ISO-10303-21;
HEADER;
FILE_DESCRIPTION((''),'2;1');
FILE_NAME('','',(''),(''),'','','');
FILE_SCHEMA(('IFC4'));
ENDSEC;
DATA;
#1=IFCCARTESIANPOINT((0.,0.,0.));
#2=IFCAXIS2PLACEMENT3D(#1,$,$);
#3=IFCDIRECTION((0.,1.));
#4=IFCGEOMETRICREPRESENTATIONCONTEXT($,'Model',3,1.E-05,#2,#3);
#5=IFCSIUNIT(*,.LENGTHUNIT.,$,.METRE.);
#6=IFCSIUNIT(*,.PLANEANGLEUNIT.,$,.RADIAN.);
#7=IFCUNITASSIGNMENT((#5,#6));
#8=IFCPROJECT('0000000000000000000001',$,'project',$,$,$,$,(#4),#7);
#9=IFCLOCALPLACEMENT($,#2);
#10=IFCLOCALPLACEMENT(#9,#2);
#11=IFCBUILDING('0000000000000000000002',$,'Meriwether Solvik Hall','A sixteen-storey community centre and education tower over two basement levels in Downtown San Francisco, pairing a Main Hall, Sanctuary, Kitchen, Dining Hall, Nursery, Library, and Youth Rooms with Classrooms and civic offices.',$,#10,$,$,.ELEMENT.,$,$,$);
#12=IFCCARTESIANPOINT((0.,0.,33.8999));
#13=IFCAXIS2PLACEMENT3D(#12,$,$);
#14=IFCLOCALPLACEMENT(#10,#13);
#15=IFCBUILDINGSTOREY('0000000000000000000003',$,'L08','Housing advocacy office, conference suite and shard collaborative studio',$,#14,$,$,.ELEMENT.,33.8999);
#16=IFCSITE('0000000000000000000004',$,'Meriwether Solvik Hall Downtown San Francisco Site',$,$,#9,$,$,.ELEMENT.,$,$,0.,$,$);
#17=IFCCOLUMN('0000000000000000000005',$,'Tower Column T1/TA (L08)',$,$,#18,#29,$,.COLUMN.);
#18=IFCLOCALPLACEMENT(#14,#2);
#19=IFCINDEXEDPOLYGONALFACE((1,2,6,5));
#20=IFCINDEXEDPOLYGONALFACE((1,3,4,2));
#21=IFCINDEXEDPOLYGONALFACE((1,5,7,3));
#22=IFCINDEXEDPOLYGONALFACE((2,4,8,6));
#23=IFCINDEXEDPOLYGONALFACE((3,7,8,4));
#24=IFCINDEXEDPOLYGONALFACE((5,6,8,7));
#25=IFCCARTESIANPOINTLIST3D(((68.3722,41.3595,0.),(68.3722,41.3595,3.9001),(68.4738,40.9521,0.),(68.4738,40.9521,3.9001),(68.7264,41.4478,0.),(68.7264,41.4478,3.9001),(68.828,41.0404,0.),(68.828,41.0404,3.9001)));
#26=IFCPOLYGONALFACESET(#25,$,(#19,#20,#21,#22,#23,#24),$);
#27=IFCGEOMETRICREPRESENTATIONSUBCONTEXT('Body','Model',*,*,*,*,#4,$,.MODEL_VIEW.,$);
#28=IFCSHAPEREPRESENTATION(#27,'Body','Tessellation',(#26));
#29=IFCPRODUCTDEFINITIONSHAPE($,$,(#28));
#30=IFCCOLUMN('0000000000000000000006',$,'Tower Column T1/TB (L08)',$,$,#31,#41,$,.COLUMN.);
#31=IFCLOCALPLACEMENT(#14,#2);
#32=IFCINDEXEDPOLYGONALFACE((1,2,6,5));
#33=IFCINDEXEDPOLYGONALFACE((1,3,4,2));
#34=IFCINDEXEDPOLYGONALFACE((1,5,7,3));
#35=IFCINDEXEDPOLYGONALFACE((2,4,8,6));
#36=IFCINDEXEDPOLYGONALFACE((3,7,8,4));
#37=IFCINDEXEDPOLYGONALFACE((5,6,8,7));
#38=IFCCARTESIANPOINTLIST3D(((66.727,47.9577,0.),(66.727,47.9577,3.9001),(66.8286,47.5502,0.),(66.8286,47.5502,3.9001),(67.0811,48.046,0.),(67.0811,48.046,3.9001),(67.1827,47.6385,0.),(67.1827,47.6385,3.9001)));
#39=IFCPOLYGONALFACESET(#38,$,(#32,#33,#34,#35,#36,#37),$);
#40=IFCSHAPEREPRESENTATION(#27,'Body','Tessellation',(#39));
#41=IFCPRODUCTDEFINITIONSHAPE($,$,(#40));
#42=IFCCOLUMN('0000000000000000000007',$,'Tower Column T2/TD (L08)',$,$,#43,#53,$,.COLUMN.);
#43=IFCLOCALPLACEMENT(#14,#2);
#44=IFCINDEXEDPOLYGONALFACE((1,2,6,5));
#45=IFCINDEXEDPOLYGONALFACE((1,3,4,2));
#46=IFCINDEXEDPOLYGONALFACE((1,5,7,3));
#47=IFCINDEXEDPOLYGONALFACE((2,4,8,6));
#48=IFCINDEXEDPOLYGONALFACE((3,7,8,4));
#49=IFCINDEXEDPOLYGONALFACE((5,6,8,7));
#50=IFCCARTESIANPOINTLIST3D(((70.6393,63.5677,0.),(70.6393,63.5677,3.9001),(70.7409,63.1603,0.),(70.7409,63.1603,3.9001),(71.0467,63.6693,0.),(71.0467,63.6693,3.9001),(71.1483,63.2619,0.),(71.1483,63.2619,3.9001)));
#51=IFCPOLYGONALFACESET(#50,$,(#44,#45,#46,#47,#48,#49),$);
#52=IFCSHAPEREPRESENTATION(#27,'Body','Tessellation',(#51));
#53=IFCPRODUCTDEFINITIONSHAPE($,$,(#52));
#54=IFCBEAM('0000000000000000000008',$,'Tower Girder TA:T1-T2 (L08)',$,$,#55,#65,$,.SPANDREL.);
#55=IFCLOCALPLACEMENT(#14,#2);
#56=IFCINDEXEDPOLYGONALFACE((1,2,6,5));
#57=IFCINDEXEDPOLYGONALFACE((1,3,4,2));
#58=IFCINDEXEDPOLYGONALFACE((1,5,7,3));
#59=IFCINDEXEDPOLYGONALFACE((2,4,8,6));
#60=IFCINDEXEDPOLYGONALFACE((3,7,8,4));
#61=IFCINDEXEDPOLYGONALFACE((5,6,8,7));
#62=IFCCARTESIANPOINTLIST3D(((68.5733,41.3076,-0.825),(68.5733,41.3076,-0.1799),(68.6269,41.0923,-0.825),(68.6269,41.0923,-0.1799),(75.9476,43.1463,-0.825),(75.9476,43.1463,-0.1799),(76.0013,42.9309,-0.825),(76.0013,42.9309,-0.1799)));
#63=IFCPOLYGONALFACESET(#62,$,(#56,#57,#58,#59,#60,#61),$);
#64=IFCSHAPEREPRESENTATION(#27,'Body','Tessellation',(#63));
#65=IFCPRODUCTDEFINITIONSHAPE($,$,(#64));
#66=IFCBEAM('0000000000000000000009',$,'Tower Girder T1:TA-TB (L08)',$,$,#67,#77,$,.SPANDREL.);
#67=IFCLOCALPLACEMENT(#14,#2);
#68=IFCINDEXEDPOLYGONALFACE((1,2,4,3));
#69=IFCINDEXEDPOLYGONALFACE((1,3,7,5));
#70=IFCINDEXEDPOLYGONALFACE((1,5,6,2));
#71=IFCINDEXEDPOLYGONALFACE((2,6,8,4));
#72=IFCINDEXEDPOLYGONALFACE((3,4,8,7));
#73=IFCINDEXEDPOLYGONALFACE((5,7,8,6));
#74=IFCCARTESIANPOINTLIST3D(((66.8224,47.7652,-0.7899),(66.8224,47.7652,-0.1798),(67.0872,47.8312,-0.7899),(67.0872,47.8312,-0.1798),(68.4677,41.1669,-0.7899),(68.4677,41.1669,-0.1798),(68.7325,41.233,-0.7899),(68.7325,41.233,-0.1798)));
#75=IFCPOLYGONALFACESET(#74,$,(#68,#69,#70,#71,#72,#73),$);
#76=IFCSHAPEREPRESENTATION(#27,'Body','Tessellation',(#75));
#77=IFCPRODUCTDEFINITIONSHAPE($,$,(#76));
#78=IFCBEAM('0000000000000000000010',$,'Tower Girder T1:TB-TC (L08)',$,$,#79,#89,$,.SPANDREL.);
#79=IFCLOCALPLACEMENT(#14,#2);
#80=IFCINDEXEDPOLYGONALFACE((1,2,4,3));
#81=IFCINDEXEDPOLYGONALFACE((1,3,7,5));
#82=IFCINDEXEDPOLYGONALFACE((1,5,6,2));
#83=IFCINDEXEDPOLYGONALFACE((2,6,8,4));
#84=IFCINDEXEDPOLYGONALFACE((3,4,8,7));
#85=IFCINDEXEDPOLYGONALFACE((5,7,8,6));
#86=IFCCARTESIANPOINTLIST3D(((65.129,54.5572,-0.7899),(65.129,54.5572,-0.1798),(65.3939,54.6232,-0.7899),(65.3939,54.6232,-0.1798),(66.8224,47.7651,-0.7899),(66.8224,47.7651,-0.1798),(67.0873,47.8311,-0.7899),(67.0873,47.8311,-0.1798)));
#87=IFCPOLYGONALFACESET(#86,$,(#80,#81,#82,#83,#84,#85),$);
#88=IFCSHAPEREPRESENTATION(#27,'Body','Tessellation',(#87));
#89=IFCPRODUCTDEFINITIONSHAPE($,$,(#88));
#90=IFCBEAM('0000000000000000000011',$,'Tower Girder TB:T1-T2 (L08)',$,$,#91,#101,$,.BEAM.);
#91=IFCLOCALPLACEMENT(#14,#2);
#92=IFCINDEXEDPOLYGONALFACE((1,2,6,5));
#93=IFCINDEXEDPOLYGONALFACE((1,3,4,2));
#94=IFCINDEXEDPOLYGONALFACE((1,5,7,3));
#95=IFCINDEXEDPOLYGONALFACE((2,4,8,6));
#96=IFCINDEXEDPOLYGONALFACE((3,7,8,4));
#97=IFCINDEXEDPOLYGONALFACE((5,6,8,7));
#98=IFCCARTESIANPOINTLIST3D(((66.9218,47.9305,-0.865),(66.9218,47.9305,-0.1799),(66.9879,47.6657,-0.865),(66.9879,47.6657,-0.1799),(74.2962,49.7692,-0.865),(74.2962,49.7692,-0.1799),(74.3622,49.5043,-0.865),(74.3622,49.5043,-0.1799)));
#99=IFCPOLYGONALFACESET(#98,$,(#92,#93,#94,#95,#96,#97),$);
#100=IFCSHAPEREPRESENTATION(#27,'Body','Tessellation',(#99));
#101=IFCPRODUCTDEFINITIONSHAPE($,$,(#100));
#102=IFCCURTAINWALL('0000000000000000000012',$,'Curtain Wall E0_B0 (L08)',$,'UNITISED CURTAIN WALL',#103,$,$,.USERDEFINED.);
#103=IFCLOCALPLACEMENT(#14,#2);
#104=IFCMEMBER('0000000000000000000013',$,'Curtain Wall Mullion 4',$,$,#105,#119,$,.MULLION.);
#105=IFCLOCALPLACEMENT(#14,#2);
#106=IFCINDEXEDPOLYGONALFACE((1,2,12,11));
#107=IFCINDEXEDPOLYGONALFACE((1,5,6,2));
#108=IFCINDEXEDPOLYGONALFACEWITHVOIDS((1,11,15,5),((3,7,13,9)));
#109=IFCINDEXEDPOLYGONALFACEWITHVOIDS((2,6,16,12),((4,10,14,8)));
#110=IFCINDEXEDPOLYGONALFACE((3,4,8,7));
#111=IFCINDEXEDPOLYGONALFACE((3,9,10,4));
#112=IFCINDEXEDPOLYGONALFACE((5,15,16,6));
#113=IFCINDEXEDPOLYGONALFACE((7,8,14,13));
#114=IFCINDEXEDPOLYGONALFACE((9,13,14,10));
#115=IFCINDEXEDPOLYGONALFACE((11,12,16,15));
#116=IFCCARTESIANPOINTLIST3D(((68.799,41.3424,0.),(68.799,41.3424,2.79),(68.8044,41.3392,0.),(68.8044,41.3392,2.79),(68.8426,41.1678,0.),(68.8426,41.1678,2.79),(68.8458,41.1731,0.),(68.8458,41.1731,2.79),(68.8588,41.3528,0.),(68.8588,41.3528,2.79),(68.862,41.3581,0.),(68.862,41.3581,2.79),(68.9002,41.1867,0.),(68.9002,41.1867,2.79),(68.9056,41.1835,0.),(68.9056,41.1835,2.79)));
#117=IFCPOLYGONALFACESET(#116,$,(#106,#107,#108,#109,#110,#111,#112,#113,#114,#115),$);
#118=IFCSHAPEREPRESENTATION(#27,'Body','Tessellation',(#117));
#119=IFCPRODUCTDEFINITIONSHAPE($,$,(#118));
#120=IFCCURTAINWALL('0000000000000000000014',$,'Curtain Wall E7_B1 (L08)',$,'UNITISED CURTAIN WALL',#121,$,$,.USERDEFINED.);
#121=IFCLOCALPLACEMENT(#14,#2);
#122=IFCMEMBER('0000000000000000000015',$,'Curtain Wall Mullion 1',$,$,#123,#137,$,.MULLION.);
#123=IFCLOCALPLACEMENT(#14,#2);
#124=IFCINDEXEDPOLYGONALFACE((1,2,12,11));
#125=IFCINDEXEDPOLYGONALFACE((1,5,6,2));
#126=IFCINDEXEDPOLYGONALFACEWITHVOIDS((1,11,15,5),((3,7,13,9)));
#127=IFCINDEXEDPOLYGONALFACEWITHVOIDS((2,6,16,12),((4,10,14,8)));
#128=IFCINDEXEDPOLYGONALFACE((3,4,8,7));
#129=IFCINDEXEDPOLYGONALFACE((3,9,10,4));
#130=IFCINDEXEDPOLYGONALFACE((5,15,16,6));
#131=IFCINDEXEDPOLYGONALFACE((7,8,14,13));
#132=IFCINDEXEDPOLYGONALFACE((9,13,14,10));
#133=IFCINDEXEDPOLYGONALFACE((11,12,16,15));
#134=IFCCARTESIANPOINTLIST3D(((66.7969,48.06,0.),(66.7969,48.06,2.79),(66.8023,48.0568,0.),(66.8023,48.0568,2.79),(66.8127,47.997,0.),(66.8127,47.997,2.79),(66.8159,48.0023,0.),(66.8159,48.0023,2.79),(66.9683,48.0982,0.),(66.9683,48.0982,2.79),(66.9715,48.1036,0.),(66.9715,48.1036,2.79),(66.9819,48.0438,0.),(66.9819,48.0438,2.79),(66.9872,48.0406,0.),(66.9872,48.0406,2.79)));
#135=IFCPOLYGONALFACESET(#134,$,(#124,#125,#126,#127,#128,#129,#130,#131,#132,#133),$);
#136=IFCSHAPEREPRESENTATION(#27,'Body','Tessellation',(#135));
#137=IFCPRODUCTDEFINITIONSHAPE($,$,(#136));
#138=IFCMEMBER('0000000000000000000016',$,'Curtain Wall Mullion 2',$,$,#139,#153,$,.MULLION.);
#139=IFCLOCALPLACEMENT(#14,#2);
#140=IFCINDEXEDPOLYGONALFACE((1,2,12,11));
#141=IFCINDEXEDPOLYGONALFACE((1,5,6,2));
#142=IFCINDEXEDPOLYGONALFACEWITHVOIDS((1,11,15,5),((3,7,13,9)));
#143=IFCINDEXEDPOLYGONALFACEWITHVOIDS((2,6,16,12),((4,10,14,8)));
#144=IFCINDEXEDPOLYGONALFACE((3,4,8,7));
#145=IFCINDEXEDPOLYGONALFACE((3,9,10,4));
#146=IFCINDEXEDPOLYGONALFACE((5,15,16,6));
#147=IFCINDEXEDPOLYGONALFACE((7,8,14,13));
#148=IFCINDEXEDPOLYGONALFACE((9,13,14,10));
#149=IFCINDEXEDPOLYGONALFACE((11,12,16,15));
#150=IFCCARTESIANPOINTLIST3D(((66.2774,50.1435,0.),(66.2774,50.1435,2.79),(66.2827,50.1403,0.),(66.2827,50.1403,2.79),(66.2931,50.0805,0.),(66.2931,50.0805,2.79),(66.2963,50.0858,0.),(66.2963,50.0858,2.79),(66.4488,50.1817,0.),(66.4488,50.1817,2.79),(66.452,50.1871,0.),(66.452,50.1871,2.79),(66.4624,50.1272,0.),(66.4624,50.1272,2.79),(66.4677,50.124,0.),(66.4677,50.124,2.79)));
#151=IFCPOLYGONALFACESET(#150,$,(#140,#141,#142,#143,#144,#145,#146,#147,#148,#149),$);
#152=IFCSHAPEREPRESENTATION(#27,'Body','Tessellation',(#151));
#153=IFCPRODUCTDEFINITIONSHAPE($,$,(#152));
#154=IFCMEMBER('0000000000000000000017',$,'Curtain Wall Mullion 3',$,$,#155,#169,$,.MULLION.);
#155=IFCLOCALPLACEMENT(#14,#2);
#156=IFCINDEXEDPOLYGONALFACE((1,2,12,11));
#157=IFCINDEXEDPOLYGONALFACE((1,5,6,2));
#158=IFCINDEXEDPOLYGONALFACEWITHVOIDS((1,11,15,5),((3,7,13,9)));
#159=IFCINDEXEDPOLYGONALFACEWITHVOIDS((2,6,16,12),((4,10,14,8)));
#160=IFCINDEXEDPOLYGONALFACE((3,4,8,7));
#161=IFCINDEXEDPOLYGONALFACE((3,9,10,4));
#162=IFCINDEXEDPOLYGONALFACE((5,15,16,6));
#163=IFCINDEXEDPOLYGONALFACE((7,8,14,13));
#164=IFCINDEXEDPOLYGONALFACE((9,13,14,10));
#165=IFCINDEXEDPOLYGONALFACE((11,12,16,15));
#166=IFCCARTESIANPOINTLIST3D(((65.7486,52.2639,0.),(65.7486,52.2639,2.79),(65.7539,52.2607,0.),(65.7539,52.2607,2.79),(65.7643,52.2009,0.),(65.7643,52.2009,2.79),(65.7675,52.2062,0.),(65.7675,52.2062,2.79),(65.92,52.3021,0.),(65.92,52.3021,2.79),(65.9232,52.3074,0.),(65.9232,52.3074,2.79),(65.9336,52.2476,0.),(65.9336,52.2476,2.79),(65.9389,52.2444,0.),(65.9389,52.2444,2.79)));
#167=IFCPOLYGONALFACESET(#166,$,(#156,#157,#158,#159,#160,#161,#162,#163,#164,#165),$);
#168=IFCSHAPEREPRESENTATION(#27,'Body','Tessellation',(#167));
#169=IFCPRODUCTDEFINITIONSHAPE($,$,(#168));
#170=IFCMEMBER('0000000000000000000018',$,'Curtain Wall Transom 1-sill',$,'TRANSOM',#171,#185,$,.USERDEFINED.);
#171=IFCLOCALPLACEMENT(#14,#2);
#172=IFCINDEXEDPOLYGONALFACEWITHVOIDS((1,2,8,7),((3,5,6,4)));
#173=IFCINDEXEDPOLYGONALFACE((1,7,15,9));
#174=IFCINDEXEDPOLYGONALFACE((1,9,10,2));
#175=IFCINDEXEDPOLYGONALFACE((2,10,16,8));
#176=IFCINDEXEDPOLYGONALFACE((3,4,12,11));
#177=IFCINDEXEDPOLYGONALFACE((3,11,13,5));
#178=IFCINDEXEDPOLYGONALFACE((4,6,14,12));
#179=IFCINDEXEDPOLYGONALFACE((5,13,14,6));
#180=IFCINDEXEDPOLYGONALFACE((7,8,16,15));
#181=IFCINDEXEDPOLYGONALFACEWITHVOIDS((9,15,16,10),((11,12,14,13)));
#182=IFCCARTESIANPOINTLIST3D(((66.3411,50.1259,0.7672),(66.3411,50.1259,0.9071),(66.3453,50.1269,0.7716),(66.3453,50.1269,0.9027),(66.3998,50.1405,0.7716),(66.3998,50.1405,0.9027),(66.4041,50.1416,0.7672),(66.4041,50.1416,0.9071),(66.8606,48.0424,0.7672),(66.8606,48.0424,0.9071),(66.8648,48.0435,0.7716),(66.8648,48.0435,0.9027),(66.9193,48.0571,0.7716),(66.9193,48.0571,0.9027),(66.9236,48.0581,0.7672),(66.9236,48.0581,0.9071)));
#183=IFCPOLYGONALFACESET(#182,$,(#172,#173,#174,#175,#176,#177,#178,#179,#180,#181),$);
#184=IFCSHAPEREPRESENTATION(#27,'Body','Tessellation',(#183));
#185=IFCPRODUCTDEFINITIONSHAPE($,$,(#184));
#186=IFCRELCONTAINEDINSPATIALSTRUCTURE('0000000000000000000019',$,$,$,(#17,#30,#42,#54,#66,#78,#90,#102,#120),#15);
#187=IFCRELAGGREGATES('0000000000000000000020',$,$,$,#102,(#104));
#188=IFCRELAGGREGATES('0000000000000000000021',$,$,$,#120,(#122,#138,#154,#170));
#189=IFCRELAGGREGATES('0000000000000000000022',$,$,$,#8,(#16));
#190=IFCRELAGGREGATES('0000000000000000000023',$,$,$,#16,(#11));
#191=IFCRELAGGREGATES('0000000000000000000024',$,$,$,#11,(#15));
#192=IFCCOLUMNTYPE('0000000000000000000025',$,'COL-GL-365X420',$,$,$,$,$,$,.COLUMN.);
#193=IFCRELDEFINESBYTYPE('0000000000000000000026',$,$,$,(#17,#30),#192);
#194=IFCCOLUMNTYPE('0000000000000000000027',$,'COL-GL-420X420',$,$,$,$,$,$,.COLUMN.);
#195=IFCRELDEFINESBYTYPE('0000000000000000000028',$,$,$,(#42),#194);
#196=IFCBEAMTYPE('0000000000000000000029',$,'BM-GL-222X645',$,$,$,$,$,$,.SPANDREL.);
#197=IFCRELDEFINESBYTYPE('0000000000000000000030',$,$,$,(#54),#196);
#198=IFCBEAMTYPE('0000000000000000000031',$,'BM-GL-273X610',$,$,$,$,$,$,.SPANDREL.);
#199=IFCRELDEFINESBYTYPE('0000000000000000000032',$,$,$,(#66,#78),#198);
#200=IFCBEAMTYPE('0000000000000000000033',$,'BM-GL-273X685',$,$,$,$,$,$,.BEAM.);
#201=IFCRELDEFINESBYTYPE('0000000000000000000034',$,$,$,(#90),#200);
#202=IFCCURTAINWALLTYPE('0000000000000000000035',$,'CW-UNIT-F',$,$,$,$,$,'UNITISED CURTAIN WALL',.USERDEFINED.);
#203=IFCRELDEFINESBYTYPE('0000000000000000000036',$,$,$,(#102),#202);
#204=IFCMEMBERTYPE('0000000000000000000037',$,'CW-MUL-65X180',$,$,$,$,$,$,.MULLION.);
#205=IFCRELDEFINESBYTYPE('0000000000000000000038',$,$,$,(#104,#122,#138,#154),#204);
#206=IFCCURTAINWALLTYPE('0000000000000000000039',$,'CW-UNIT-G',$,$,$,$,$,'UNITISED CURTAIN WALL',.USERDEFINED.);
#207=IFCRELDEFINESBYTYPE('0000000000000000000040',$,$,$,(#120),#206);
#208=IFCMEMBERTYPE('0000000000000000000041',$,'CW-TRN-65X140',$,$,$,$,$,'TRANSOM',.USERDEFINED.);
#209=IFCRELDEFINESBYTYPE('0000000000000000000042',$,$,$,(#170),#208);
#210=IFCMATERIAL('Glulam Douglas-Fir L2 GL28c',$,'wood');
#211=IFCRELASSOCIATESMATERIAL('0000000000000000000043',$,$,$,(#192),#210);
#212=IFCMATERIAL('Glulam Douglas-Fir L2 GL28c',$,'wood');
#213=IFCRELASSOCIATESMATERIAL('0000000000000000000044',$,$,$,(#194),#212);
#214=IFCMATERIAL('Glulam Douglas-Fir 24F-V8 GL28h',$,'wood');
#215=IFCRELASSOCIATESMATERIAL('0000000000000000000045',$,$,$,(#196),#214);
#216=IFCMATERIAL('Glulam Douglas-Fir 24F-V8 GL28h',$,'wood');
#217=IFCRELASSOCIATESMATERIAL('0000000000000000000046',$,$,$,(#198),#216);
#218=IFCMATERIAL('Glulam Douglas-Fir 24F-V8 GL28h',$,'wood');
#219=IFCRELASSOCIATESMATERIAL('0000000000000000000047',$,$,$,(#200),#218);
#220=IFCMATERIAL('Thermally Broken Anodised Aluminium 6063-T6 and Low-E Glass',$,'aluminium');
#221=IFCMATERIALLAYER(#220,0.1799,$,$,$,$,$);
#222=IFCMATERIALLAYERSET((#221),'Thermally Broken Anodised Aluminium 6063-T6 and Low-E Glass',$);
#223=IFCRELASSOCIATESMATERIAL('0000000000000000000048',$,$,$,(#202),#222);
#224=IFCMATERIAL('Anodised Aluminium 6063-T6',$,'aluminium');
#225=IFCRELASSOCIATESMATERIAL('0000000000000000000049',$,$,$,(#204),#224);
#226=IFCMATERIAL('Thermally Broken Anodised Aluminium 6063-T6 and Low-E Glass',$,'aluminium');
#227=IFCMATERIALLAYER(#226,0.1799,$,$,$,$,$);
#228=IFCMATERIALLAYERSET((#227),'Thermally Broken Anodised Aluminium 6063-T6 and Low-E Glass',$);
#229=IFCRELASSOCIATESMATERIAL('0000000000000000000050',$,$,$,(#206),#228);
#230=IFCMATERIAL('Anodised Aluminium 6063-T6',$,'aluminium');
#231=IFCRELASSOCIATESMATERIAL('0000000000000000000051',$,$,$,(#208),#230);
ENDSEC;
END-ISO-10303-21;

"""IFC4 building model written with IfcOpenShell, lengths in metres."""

from ifc_helpers import new_model, si_unit, direction, frame, origin, origin_2d, place, context, subcontext, project, spatial, rectangle, hollow_rectangle, extrude, material, layer, layer_set, material_profile, profile_set, type_object, element, aggregate, save


model = new_model("IFC4")

# Units and contexts
model_context = context("Model", 3, precision=1e-05, world=origin(), true_north=direction((0.0, 1.0)))
body_context = subcontext(model_context, "Body", "Model", "MODEL_VIEW")
ifc_project = project(units=[si_unit("LENGTHUNIT", "METRE"), si_unit("PLANEANGLEUNIT", "RADIAN")], contexts=[model_context])

# Site, building, storey
site_placement = place(None, origin())
site = spatial("IfcSite", under=ifc_project, at=site_placement, Name="Meriwether Solvik Hall Downtown San Francisco Site", CompositionType="ELEMENT", RefElevation=0.0)
building_placement = place(site_placement, origin())
building = spatial("IfcBuilding", under=site, at=building_placement, Name="Meriwether Solvik Hall", Description="A sixteen-storey community centre and education tower over two basement levels in Downtown San Francisco, pairing a Main Hall, Sanctuary, Kitchen, Dining Hall, Nursery, Library, and Youth Rooms with Classrooms and civic offices.", CompositionType="ELEMENT")
storey_placement = place(building_placement, frame((0.0, 0.0, 33.8999)))
storey = spatial("IfcBuildingStorey", under=building, at=storey_placement, Name="L08", Description="Housing advocacy office, conference suite and shard collaborative studio", CompositionType="ELEMENT", Elevation=33.8999)

# Columns
ifc_material_1 = material(Name="Glulam Douglas-Fir L2 GL28c", Category="wood")
ifc_material_profile_1 = material_profile(ifc_material_1, rectangle(XDim=0.365, YDim=0.4199, at=origin_2d()), Name="GLC-365X420")
ifc_profile_set_1 = profile_set([ifc_material_profile_1], Name="Glulam Douglas-Fir L2 GL28c")
column_type_1 = type_object("IfcColumnType", Name="COL-GL-365X420", PredefinedType="COLUMN", material=ifc_profile_set_1)
for number, where, z_axis, x_axis, name in (
    (1, (68.6001, 41.2, 0.0), (0.0, 0.0, 1.0), (0.970296, 0.241922, 0.0), "Tower Column T1/TA (L08)"),
    (2, (66.9548, 47.7981, 0.0), (0.0, 0.0, 1.0), (0.970296, 0.241922, 0.0), "Tower Column T1/TB (L08)"),
):
    element("IfcColumn", number, at=place(storey_placement, frame(where, z_axis=z_axis, x_axis=x_axis)), inside=storey, type_object=column_type_1, Name=name, PredefinedType="COLUMN", context=body_context, shape_type="SweptSolid", body=[
        extrude(rectangle(XDim=0.365, YDim=0.4199, at=origin_2d()), origin(), (0.0, 0.0, 1.0), 3.9001),
    ])
ifc_material_2 = material(Name="Glulam Douglas-Fir L2 GL28c", Category="wood")
ifc_material_profile_2 = material_profile(ifc_material_2, rectangle(XDim=0.4199, YDim=0.4199, at=origin_2d()), Name="GLC-420X420")
ifc_profile_set_2 = profile_set([ifc_material_profile_2], Name="Glulam Douglas-Fir L2 GL28c")
column_type_2 = type_object("IfcColumnType", Name="COL-GL-420X420", PredefinedType="COLUMN", material=ifc_profile_set_2)
column_placement = place(storey_placement, frame((70.8938, 63.4148, 0.0), z_axis=(0.0, 0.0, 1.0), x_axis=(0.970296, 0.241922, 0.0)))
element("IfcColumn", 3, at=column_placement, inside=storey, type_object=column_type_2, Name="Tower Column T2/TD (L08)", PredefinedType="COLUMN", context=body_context, shape_type="SweptSolid", body=[
    extrude(rectangle(XDim=0.4199, YDim=0.4199, at=origin_2d()), origin(), (0.0, 0.0, 1.0), 3.9001),
])

# Beams
ifc_material_3 = material(Name="Glulam Douglas-Fir 24F-V8 GL28h", Category="wood")
ifc_material_profile_3 = material_profile(ifc_material_3, rectangle(XDim=0.2219, YDim=0.645, at=origin_2d()), Name="GLB-222X645")
ifc_profile_set_3 = profile_set([ifc_material_profile_3], Name="Glulam Douglas-Fir 24F-V8 GL28h")
beam_type_1 = type_object("IfcBeamType", Name="BM-GL-222X645", PredefinedType="SPANDREL", material=ifc_profile_set_3)
beam_1_placement = place(storey_placement, frame((68.6001, 41.2, -0.5024), z_axis=(0.970295, 0.241923, 0.0), x_axis=(-0.241923, 0.970295, 0.0)))
element("IfcBeam", 4, at=beam_1_placement, inside=storey, type_object=beam_type_1, Name="Tower Girder TA:T1-T2 (L08)", PredefinedType="SPANDREL", context=body_context, shape_type="SweptSolid", body=[
    extrude(rectangle(XDim=0.2219, YDim=0.645, at=origin_2d()), origin(), (0.0, 0.0, 1.0), 7.6001),
])
ifc_material_4 = material(Name="Glulam Douglas-Fir 24F-V8 GL28h", Category="wood")
ifc_material_profile_4 = material_profile(ifc_material_4, rectangle(XDim=0.2729, YDim=0.6101, at=origin_2d()), Name="GLB-273X610")
ifc_profile_set_4 = profile_set([ifc_material_profile_4], Name="Glulam Douglas-Fir 24F-V8 GL28h")
beam_type_2 = type_object("IfcBeamType", Name="BM-GL-273X610", PredefinedType="SPANDREL", material=ifc_profile_set_4)
beam_2_placement = place(storey_placement, frame((68.6001, 41.2, -0.4849), z_axis=(-0.241944, 0.97029, 0.0), x_axis=(-0.97029, -0.241944, 0.0)))
element("IfcBeam", 5, at=beam_2_placement, inside=storey, type_object=beam_type_2, Name="Tower Girder T1:TA-TB (L08)", PredefinedType="SPANDREL", context=body_context, shape_type="SweptSolid", body=[
    extrude(rectangle(XDim=0.2729, YDim=0.6101, at=origin_2d()), origin(), (0.0, 0.0, 1.0), 6.8003),
])
beam_3_placement = place(storey_placement, frame((66.9548, 47.7981, -0.4849), z_axis=(-0.241912, 0.970298, 0.0), x_axis=(-0.970298, -0.241912, 0.0)))
element("IfcBeam", 6, at=beam_3_placement, inside=storey, type_object=beam_type_2, Name="Tower Girder T1:TB-TC (L08)", PredefinedType="SPANDREL", context=body_context, shape_type="SweptSolid", body=[
    extrude(rectangle(XDim=0.2729, YDim=0.6101, at=origin_2d()), origin(), (0.0, 0.0, 1.0), 7.0),
])
ifc_material_5 = material(Name="Glulam Douglas-Fir 24F-V8 GL28h", Category="wood")
ifc_material_profile_5 = material_profile(ifc_material_5, rectangle(XDim=0.2729, YDim=0.6851, at=origin_2d()), Name="GLB-273X685")
ifc_profile_set_5 = profile_set([ifc_material_profile_5], Name="Glulam Douglas-Fir 24F-V8 GL28h")
beam_type_3 = type_object("IfcBeamType", Name="BM-GL-273X685", PredefinedType="BEAM", material=ifc_profile_set_5)
beam_4_placement = place(storey_placement, frame((66.9548, 47.7981, -0.5225), z_axis=(0.970295, 0.241923, 0.0), x_axis=(-0.241923, 0.970295, 0.0)))
element("IfcBeam", 7, at=beam_4_placement, inside=storey, type_object=beam_type_3, Name="Tower Girder TB:T1-T2 (L08)", PredefinedType="BEAM", context=body_context, shape_type="SweptSolid", body=[
    extrude(rectangle(XDim=0.2729, YDim=0.6851, at=origin_2d()), origin(), (0.0, 0.0, 1.0), 7.6001),
])

# Curtain wall, member
ifc_material_6 = material(Name="Thermally Broken Anodised Aluminium 6063-T6 and Low-E Glass", Category="aluminium")
ifc_layer_1 = layer(ifc_material_6, 0.1799)
ifc_layer_set_1 = layer_set([ifc_layer_1], Name="Thermally Broken Anodised Aluminium 6063-T6 and Low-E Glass")
curtain_wall_type_1 = type_object("IfcCurtainWallType", Name="CW-UNIT-F", ElementType="UNITISED CURTAIN WALL", PredefinedType="USERDEFINED", material=ifc_layer_set_1)
curtain_wall_1_placement = place(storey_placement, origin())
curtain_wall_1 = element("IfcCurtainWall", 8, at=curtain_wall_1_placement, inside=storey, type_object=curtain_wall_type_1, Name="Curtain Wall E0_B0 (L08)", ObjectType="UNITISED CURTAIN WALL", PredefinedType="USERDEFINED")
ifc_material_7 = material(Name="Anodised Aluminium 6063-T6", Category="aluminium")
ifc_material_profile_6 = material_profile(ifc_material_7, hollow_rectangle(XDim=0.0649, YDim=0.1799, WallThickness=0.0044, at=origin_2d()), Name="CWM-65X180")
ifc_profile_set_6 = profile_set([ifc_material_profile_6], Name="Anodised Aluminium 6063-T6")
member_type_1 = type_object("IfcMemberType", Name="CW-MUL-65X180", PredefinedType="MULLION", material=ifc_profile_set_6)
member_1_placement = place(storey_placement, frame((68.8523, 41.2629, 0.0), z_axis=(0.0, 0.0, 1.0), x_axis=(-0.970296, -0.241922, 0.0)))
member_1 = element("IfcMember", 9, at=member_1_placement, type_object=member_type_1, Name="Curtain Wall Mullion 4", PredefinedType="MULLION", context=body_context, shape_type="SweptSolid", body=[
    extrude(hollow_rectangle(XDim=0.0649, YDim=0.1799, WallThickness=0.0044, at=origin_2d()), origin(), (0.0, 0.0, 1.0), 2.79),
])

# Curtain wall, members
ifc_material_8 = material(Name="Thermally Broken Anodised Aluminium 6063-T6 and Low-E Glass", Category="aluminium")
ifc_layer_2 = layer(ifc_material_8, 0.1799)
ifc_layer_set_2 = layer_set([ifc_layer_2], Name="Thermally Broken Anodised Aluminium 6063-T6 and Low-E Glass")
curtain_wall_type_2 = type_object("IfcCurtainWallType", Name="CW-UNIT-G", ElementType="UNITISED CURTAIN WALL", PredefinedType="USERDEFINED", material=ifc_layer_set_2)
curtain_wall_2_placement = place(storey_placement, origin())
curtain_wall_2 = element("IfcCurtainWall", 10, at=curtain_wall_2_placement, inside=storey, type_object=curtain_wall_type_2, Name="Curtain Wall E7_B1 (L08)", ObjectType="UNITISED CURTAIN WALL", PredefinedType="USERDEFINED")
member_2_placement = place(storey_placement, frame((66.8921, 48.0503, 0.0), z_axis=(0.0, 0.0, 1.0), x_axis=(-0.241922, 0.970296, 0.0)))
member_2 = element("IfcMember", 11, at=member_2_placement, type_object=member_type_1, Name="Curtain Wall Mullion 1", PredefinedType="MULLION", context=body_context, shape_type="SweptSolid", body=[
    extrude(hollow_rectangle(XDim=0.0649, YDim=0.1799, WallThickness=0.0044, at=origin_2d()), origin(), (0.0, 0.0, 1.0), 2.79),
])
member_3_placement = place(storey_placement, frame((66.3726, 50.1338, 0.0), z_axis=(0.0, 0.0, 1.0), x_axis=(-0.241922, 0.970296, 0.0)))
member_3 = element("IfcMember", 12, at=member_3_placement, type_object=member_type_1, Name="Curtain Wall Mullion 2", PredefinedType="MULLION", context=body_context, shape_type="SweptSolid", body=[
    extrude(hollow_rectangle(XDim=0.0649, YDim=0.1799, WallThickness=0.0044, at=origin_2d()), origin(), (0.0, 0.0, 1.0), 2.79),
])
member_4_placement = place(storey_placement, frame((65.8438, 52.2542, 0.0), z_axis=(0.0, 0.0, 1.0), x_axis=(-0.241922, 0.970296, 0.0)))
member_4 = element("IfcMember", 13, at=member_4_placement, type_object=member_type_1, Name="Curtain Wall Mullion 3", PredefinedType="MULLION", context=body_context, shape_type="SweptSolid", body=[
    extrude(hollow_rectangle(XDim=0.0649, YDim=0.1799, WallThickness=0.0044, at=origin_2d()), origin(), (0.0, 0.0, 1.0), 2.79),
])
ifc_material_9 = material(Name="Anodised Aluminium 6063-T6", Category="aluminium")
ifc_material_profile_7 = material_profile(ifc_material_9, hollow_rectangle(XDim=0.0649, YDim=0.1399, WallThickness=0.0044, at=origin_2d()), Name="CWT-65X140")
ifc_profile_set_7 = profile_set([ifc_material_profile_7], Name="Anodised Aluminium 6063-T6")
member_type_2 = type_object("IfcMemberType", Name="CW-TRN-65X140", ElementType="TRANSOM", PredefinedType="USERDEFINED", material=ifc_profile_set_7)
member_5_placement = place(storey_placement, frame((66.8921, 48.0503, 0.8372), z_axis=(-0.241947, 0.970289, 0.0), x_axis=(-0.970289, -0.241947, 0.0)))
member_5 = element("IfcMember", 14, at=member_5_placement, type_object=member_type_2, Name="Curtain Wall Transom 1-sill", ObjectType="TRANSOM", PredefinedType="USERDEFINED", context=body_context, shape_type="SweptSolid", body=[
    extrude(hollow_rectangle(XDim=0.0649, YDim=0.1399, WallThickness=0.0044, at=origin_2d()), origin(), (0.0, 0.0, 1.0), 2.1472),
])

aggregate(curtain_wall_1, [member_1])
aggregate(curtain_wall_2, [member_2, member_3, member_4, member_5])

save(model, "model.ifc")
